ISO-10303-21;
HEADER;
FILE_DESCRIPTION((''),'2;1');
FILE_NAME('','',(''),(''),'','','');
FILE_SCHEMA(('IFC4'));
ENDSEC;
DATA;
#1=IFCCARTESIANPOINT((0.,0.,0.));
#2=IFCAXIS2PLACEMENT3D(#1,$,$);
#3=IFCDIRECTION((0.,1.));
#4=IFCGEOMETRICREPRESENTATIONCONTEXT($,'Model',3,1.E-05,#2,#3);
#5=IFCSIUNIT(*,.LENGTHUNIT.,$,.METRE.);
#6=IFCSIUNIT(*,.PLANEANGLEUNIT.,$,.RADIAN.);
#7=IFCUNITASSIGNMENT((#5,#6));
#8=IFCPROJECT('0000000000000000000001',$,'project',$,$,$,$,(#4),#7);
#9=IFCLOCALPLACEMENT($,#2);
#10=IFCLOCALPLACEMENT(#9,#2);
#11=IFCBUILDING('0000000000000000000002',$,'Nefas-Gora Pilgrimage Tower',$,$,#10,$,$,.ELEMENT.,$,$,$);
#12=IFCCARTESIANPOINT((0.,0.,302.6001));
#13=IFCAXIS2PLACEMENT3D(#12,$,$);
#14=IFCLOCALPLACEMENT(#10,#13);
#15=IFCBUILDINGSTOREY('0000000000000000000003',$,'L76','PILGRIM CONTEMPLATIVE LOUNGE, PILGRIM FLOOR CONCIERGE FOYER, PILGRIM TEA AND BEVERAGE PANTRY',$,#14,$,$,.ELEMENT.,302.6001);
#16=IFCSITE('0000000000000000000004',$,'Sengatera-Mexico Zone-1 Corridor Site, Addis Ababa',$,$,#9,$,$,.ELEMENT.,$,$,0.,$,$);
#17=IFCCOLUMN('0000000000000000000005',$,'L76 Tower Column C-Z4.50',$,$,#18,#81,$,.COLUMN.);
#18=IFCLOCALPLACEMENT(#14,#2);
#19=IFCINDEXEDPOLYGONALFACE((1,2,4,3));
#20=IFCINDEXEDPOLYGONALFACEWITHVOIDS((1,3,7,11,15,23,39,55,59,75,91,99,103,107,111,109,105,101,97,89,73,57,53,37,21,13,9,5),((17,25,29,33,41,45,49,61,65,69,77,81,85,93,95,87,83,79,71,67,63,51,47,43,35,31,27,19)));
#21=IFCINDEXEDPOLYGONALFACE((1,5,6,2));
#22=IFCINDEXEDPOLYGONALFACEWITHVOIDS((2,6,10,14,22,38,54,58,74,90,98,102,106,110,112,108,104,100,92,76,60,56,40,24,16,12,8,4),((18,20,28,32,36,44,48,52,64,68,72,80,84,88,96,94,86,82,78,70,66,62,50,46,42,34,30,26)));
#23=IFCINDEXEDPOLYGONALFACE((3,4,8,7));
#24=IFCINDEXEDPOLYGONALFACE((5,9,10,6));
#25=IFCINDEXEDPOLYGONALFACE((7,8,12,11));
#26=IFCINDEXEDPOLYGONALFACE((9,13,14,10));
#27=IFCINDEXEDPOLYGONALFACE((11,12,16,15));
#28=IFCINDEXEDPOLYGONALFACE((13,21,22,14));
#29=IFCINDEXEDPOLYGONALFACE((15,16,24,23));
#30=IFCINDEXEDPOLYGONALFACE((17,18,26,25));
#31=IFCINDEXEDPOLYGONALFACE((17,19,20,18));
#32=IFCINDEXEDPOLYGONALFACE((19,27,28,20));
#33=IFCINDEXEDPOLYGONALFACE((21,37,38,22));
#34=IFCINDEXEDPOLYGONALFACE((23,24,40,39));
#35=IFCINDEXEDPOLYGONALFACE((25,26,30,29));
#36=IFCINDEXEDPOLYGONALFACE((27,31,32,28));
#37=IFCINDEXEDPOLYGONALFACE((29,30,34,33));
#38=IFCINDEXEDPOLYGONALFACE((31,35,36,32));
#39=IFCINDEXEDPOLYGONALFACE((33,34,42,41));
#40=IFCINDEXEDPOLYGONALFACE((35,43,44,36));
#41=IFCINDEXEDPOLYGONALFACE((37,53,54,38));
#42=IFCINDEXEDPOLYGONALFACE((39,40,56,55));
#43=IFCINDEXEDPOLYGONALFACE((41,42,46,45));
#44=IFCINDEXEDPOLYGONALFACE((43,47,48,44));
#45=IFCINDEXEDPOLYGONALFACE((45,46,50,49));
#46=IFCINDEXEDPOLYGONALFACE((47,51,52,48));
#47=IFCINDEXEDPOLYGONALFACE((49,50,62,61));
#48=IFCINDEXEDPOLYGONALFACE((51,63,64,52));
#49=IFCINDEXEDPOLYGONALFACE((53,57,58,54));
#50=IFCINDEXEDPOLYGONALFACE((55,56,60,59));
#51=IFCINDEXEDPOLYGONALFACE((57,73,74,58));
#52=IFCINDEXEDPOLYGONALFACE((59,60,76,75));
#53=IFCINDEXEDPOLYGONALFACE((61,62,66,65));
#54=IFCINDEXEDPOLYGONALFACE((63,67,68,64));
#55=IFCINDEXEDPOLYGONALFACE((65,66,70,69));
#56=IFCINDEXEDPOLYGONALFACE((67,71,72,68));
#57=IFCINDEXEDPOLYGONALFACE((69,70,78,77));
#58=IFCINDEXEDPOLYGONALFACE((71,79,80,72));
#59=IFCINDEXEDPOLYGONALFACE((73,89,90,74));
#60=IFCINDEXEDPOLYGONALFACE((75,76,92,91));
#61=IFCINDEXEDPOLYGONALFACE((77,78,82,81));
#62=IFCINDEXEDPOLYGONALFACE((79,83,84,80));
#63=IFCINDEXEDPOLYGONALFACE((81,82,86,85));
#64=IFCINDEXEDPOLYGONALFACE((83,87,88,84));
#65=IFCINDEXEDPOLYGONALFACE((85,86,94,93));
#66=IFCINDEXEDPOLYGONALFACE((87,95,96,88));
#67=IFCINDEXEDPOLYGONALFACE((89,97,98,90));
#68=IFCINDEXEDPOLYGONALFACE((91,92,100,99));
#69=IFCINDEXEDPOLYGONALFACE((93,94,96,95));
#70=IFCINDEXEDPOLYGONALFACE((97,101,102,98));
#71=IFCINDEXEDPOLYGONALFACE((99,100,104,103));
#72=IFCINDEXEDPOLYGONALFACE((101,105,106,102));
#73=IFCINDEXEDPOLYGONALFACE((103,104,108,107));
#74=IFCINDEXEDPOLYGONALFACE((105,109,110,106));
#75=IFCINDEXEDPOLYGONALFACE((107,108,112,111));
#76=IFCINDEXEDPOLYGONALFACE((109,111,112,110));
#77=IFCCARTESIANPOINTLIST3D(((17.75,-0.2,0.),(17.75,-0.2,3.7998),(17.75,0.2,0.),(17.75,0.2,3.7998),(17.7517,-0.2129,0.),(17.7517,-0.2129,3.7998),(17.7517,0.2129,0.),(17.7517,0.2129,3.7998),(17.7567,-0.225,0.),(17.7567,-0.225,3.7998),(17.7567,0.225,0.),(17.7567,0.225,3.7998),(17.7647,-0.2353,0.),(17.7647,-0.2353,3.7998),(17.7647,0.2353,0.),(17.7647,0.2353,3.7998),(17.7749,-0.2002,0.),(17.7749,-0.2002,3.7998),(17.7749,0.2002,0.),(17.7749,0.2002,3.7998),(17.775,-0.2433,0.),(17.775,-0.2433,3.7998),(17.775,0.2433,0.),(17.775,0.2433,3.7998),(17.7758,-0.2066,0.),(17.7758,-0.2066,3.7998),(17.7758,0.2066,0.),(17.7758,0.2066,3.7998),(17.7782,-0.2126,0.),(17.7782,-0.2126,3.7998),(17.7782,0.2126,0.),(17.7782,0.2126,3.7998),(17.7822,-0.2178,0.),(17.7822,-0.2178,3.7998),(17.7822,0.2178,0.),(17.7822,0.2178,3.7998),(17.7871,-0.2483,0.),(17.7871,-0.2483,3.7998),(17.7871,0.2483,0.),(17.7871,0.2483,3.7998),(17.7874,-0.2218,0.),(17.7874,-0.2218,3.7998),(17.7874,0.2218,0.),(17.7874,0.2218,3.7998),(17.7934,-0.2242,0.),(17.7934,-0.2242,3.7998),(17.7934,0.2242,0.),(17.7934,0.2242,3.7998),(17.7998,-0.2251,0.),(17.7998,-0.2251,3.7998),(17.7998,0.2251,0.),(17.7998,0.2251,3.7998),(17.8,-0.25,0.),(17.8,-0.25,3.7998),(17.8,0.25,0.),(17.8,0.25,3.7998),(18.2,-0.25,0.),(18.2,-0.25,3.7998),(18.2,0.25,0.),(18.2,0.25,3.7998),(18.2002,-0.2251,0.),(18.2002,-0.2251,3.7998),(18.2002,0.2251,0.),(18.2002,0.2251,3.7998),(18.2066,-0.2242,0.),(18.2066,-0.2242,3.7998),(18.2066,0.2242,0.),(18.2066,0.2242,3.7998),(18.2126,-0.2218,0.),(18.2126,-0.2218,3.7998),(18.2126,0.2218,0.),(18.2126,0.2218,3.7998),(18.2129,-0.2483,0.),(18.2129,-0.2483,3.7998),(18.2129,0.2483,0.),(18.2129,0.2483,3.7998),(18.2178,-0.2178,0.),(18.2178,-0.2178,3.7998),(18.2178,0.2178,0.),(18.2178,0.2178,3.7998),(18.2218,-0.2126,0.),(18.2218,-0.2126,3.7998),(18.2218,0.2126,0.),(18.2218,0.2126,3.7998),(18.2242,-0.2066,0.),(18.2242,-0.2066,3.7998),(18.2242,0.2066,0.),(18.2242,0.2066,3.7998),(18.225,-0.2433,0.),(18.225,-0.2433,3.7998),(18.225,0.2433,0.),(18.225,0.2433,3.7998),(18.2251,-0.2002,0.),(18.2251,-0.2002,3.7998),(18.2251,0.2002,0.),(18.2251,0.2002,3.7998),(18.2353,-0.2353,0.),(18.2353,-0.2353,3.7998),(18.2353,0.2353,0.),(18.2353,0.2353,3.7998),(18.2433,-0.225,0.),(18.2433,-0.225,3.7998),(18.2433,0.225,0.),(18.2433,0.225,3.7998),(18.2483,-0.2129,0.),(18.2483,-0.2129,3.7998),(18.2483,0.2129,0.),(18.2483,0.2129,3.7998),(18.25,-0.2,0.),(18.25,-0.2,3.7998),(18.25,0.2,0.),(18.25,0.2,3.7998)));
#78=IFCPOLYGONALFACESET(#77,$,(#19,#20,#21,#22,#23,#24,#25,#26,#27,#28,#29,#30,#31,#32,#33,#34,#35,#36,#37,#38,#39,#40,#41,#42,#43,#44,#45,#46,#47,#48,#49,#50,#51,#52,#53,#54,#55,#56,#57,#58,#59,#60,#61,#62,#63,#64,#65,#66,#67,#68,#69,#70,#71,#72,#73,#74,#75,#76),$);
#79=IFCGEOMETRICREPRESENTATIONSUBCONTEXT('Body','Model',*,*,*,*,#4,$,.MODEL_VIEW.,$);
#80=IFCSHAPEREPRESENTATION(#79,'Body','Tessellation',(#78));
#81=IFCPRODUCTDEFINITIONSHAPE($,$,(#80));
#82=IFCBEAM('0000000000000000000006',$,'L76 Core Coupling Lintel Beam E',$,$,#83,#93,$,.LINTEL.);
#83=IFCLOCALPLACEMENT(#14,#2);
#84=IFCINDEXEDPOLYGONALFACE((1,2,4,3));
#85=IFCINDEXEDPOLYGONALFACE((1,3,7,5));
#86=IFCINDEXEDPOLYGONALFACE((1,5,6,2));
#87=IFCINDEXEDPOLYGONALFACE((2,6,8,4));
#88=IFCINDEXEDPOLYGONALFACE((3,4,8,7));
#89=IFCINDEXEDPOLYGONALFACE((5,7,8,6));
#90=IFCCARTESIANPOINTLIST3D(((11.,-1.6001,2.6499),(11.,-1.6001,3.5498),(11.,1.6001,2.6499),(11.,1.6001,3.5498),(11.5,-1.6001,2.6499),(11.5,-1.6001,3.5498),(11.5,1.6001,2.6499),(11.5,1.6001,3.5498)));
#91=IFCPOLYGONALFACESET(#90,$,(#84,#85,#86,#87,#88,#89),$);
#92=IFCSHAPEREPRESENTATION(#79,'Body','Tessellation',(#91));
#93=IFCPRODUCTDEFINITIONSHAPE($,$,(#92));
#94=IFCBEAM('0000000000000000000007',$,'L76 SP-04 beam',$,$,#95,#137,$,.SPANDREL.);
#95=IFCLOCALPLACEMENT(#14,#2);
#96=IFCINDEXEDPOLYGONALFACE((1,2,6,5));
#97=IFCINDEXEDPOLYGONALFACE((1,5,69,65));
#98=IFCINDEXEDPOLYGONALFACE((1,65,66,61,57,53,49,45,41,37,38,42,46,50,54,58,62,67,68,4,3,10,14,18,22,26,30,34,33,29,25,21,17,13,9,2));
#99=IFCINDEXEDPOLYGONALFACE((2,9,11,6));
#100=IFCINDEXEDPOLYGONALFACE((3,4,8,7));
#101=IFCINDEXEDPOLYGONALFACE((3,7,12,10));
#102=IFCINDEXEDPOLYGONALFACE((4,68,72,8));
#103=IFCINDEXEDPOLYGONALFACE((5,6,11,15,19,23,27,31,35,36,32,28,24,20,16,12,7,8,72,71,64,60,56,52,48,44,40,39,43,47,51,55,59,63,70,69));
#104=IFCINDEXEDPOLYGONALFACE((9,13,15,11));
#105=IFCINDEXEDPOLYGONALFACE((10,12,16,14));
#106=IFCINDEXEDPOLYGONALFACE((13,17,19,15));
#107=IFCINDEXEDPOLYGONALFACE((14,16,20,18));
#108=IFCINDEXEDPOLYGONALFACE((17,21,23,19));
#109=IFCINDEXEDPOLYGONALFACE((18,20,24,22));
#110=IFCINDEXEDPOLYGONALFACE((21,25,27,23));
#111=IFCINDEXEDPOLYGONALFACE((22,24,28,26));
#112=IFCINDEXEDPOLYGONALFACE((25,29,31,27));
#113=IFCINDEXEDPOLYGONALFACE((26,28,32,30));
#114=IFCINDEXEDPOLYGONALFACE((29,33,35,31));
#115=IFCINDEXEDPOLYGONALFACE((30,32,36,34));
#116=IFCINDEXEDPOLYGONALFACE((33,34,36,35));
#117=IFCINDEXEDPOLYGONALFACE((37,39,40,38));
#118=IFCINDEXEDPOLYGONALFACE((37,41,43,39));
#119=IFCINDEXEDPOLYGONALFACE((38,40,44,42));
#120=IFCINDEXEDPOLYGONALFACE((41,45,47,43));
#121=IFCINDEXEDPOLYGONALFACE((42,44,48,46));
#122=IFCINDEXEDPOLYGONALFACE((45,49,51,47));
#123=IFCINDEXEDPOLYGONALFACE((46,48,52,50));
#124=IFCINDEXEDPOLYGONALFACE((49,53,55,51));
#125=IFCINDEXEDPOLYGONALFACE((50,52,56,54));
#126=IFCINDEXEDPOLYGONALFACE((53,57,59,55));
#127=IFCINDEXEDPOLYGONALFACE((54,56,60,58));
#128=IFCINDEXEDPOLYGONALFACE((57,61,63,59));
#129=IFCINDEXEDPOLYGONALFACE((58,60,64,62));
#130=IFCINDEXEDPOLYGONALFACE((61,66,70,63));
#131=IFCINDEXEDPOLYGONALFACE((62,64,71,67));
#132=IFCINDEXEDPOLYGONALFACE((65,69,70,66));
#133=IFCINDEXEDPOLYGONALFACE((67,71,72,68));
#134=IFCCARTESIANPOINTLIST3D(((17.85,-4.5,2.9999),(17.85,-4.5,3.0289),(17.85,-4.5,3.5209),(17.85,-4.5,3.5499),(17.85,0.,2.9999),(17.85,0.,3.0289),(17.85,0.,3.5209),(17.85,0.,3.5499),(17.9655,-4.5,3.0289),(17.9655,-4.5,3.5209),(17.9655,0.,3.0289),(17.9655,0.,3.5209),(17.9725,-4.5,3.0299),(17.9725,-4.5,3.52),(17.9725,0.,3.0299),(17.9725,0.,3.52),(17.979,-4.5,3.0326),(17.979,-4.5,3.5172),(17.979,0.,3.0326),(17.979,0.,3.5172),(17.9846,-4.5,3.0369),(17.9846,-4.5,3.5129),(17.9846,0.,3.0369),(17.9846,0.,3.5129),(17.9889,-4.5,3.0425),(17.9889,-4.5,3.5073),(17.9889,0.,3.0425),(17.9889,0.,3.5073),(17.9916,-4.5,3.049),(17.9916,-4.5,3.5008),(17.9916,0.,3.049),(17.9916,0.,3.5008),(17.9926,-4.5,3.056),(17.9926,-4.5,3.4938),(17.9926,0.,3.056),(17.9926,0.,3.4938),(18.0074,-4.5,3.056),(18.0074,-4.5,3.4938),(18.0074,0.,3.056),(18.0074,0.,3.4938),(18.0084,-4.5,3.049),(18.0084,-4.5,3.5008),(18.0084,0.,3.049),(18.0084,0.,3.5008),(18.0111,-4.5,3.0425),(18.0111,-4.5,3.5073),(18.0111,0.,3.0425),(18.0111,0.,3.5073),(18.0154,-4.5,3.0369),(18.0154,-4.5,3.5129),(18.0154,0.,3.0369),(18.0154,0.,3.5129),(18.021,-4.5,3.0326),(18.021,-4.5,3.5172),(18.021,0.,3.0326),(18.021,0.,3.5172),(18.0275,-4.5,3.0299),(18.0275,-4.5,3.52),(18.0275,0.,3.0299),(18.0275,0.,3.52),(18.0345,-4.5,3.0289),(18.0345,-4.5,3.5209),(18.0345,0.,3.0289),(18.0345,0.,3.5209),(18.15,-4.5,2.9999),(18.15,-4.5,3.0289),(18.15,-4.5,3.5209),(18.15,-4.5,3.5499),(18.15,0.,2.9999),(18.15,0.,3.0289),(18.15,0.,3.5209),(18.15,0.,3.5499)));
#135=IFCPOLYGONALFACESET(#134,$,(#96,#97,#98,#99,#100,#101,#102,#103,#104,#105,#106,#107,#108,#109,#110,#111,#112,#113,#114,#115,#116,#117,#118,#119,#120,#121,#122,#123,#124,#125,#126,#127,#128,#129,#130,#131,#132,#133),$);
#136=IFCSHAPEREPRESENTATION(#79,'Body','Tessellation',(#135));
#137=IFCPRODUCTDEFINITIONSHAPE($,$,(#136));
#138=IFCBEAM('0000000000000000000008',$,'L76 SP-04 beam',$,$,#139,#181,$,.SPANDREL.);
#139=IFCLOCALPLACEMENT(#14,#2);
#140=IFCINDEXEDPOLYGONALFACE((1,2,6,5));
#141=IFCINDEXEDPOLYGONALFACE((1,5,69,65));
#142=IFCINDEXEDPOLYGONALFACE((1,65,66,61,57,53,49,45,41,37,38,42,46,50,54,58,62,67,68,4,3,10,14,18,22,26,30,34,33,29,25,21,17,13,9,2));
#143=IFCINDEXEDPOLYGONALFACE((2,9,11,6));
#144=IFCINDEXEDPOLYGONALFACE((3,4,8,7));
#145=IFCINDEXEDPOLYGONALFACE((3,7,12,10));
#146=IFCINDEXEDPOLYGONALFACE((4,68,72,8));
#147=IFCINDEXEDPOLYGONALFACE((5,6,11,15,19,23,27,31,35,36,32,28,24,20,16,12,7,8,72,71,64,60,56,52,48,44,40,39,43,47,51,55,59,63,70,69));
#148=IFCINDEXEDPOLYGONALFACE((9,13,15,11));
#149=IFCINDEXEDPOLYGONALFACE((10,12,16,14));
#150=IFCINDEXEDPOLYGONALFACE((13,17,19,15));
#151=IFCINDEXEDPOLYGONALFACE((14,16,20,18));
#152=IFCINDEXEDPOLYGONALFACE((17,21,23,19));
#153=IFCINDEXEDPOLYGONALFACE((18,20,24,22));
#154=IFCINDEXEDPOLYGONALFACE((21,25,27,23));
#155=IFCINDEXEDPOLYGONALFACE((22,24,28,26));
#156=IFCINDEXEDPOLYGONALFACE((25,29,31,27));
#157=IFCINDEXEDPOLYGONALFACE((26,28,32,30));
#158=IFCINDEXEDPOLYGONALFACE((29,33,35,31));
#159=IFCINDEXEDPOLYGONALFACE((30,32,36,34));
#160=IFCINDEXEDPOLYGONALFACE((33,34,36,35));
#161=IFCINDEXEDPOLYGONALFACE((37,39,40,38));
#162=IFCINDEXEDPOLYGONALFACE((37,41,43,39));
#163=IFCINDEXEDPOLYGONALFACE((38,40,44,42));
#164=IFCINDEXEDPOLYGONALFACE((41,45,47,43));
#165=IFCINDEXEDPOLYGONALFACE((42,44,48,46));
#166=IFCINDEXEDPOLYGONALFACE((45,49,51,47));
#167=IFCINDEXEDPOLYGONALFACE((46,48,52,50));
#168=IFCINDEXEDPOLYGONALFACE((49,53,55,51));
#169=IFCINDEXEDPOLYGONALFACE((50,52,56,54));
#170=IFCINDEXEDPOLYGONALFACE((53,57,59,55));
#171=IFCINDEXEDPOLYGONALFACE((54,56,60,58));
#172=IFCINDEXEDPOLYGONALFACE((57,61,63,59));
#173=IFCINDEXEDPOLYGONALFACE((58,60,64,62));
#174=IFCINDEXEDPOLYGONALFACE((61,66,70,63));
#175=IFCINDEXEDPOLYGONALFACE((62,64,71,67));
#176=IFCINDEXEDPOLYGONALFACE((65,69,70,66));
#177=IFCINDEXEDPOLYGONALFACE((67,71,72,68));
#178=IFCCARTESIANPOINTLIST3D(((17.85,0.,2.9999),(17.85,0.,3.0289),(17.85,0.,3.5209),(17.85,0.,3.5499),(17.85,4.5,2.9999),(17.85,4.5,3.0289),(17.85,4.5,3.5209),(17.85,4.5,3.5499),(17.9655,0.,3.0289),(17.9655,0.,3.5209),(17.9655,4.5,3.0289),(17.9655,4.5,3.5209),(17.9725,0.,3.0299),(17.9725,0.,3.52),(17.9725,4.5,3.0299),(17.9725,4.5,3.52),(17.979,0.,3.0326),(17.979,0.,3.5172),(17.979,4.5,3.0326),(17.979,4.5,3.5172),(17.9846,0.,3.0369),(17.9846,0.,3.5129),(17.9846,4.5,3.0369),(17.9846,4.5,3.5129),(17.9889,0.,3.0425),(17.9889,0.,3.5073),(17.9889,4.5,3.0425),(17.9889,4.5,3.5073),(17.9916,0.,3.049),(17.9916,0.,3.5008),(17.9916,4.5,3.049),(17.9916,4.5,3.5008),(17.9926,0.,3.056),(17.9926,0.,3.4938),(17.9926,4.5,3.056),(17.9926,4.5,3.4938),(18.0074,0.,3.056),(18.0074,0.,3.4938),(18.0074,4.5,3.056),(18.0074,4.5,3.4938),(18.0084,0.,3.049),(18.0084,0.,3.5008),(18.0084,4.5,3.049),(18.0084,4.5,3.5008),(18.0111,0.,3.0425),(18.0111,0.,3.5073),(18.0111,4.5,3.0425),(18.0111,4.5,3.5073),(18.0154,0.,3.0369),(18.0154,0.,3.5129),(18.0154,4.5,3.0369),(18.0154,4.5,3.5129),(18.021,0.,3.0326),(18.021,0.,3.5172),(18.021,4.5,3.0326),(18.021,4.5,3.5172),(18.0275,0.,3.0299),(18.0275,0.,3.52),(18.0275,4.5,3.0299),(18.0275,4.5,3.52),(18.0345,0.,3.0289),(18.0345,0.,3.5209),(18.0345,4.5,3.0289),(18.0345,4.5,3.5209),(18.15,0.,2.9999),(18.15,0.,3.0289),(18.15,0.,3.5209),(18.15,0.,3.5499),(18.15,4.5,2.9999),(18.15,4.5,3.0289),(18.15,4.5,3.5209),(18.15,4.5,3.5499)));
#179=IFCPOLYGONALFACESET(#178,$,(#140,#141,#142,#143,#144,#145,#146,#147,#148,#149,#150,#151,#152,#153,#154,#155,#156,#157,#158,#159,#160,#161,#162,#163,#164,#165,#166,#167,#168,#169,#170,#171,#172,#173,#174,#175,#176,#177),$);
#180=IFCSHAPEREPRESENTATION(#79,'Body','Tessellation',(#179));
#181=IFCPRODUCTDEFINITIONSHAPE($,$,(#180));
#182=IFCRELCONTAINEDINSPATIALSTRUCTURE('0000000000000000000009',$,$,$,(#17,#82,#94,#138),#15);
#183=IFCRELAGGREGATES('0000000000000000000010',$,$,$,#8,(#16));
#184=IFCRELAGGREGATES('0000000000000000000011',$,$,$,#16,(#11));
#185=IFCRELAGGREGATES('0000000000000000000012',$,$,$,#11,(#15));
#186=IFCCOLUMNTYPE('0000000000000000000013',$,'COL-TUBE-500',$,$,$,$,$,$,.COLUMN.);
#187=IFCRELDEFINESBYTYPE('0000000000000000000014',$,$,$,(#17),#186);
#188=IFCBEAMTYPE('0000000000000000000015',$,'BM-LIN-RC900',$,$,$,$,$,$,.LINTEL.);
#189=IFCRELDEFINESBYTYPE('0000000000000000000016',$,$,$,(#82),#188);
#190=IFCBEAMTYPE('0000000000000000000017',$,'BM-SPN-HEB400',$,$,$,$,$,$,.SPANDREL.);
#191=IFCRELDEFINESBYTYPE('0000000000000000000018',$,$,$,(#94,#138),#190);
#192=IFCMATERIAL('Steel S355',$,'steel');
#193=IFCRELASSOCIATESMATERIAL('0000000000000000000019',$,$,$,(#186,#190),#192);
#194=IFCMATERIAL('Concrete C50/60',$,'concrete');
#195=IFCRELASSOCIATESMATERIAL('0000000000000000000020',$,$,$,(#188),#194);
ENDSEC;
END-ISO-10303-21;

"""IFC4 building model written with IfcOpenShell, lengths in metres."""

from ifc_helpers import new_model, si_unit, direction, frame, origin, origin_2d, place, context, subcontext, project, spatial, rectangle, hollow_rectangle, i_section, extrude, source, transform, mapped, material, material_profile, profile_set, type_object, element, save


model = new_model("IFC4")

# Units and contexts
model_context = context("Model", 3, precision=1e-05, world=origin(), true_north=direction((0.0, 1.0)))
body_context = subcontext(model_context, "Body", "Model", "MODEL_VIEW")
ifc_project = project(units=[si_unit("LENGTHUNIT", "METRE"), si_unit("PLANEANGLEUNIT", "RADIAN")], contexts=[model_context])

# Site, building, storey
site_placement = place(None, origin())
site = spatial("IfcSite", under=ifc_project, at=site_placement, Name="Sengatera-Mexico Zone-1 Corridor Site, Addis Ababa", CompositionType="ELEMENT", RefElevation=0.0)
building_placement = place(site_placement, origin())
building = spatial("IfcBuilding", under=site, at=building_placement, Name="Nefas-Gora Pilgrimage Tower", CompositionType="ELEMENT")
storey_placement = place(building_placement, frame((0.0, 0.0, 302.6001)))
storey = spatial("IfcBuildingStorey", under=building, at=storey_placement, Name="L76", Description="PILGRIM CONTEMPLATIVE LOUNGE, PILGRIM FLOOR CONCIERGE FOYER, PILGRIM TEA AND BEVERAGE PANTRY", CompositionType="ELEMENT", Elevation=302.6001)

# Column
ifc_material_1 = material(Name="Steel S355", Category="steel")
ifc_material_profile_1 = material_profile(ifc_material_1, hollow_rectangle(XDim=0.5, YDim=0.5, WallThickness=0.0249, InnerFilletRadius=0.0249, OuterFilletRadius=0.05, at=origin_2d()), Name="SHS 500x500x25")
ifc_profile_set_1 = profile_set([ifc_material_profile_1], Name="Steel S355")
column_type_1 = type_object("IfcColumnType", Name="COL-TUBE-500", PredefinedType="COLUMN", material=ifc_profile_set_1)
shared_shape_1 = source(origin(), body_context, "Body", "SweptSolid", [
    extrude(hollow_rectangle(XDim=0.5, YDim=0.5, WallThickness=0.0249, InnerFilletRadius=0.0249, OuterFilletRadius=0.05, at=origin_2d()), origin(), (0.0, 0.0, 1.0), 3.7998),
])
for number, where, z_axis, x_axis, name in (
    (1, (18.0, 0.0, 0.0), (0.0, 0.0, 1.0), (1.0, 0.0, 0.0), "L76 Tower Column C-Z4.50"),
):
    element("IfcColumn", number, at=place(storey_placement, frame(where, z_axis=z_axis, x_axis=x_axis)), inside=storey, type_object=column_type_1, Name=name, PredefinedType="COLUMN", context=body_context, shape_type="MappedRepresentation", body=[
        mapped(shared_shape_1, transform((0.0, 0.0, 0.0), x_axis=(1.0, 0.0, 0.0), y_axis=(0.0, 1.0, 0.0), z_axis=(0.0, 0.0, 1.0), scale=1.0)),
    ])

# Beams
ifc_material_2 = material(Name="Concrete C50/60", Category="concrete")
ifc_material_profile_2 = material_profile(ifc_material_2, rectangle(XDim=0.5, YDim=0.8999, at=origin_2d()), Name="RC 500x900")
ifc_profile_set_2 = profile_set([ifc_material_profile_2], Name="Concrete C50/60")
beam_type_1 = type_object("IfcBeamType", Name="BM-LIN-RC900", PredefinedType="LINTEL", material=ifc_profile_set_2)
shared_shape_2 = source(origin(), body_context, "Body", "SweptSolid", [
    extrude(rectangle(XDim=0.5, YDim=0.8999, at=origin_2d()), origin(), (0.0, 0.0, 1.0), 3.2002),
])
beam_placement = place(storey_placement, frame((11.25, -1.6001, 3.0999), z_axis=(0.0, 1.0, 0.0), x_axis=(-1.0, 0.0, 0.0)))
element("IfcBeam", 2, at=beam_placement, inside=storey, type_object=beam_type_1, Name="L76 Core Coupling Lintel Beam E", PredefinedType="LINTEL", context=body_context, shape_type="MappedRepresentation", body=[
    mapped(shared_shape_2, transform((0.0, 0.0, 0.0), x_axis=(1.0, 0.0, 0.0), y_axis=(0.0, 1.0, 0.0), z_axis=(0.0, 0.0, 1.0), scale=1.0)),
])
ifc_material_profile_3 = material_profile(ifc_material_1, i_section(OverallWidth=0.3, OverallDepth=0.55, WebThickness=0.0149, FlangeThickness=0.0291, FilletRadius=0.0271, at=origin_2d()), Name="HEB 550")
ifc_profile_set_3 = profile_set([ifc_material_profile_3], Name="Steel S355")
beam_type_2 = type_object("IfcBeamType", Name="BM-SPN-HEB400", PredefinedType="SPANDREL", material=ifc_profile_set_3)
shared_shape_3 = source(origin(), body_context, "Body", "SweptSolid", [
    extrude(i_section(OverallWidth=0.3, OverallDepth=0.55, WebThickness=0.0149, FlangeThickness=0.0291, FilletRadius=0.0271, at=origin_2d()), origin(), (0.0, 0.0, 1.0), 4.5),
])
for number, where, z_axis, x_axis, name in (
    (3, (18.0, -4.5, 3.2749), (0.0, 1.0, 0.0), (-1.0, 0.0, 0.0), "L76 SP-04 beam"),
    (4, (18.0, 0.0, 3.2749), (0.0, 1.0, 0.0), (-1.0, 0.0, 0.0), "L76 SP-04 beam"),
):
    element("IfcBeam", number, at=place(storey_placement, frame(where, z_axis=z_axis, x_axis=x_axis)), inside=storey, type_object=beam_type_2, Name=name, PredefinedType="SPANDREL", context=body_context, shape_type="MappedRepresentation", body=[
        mapped(shared_shape_3, transform((0.0, 0.0, 0.0), x_axis=(1.0, 0.0, 0.0), y_axis=(0.0, 1.0, 0.0), z_axis=(0.0, 0.0, 1.0), scale=1.0)),
    ])

save(model, "model.ifc")
